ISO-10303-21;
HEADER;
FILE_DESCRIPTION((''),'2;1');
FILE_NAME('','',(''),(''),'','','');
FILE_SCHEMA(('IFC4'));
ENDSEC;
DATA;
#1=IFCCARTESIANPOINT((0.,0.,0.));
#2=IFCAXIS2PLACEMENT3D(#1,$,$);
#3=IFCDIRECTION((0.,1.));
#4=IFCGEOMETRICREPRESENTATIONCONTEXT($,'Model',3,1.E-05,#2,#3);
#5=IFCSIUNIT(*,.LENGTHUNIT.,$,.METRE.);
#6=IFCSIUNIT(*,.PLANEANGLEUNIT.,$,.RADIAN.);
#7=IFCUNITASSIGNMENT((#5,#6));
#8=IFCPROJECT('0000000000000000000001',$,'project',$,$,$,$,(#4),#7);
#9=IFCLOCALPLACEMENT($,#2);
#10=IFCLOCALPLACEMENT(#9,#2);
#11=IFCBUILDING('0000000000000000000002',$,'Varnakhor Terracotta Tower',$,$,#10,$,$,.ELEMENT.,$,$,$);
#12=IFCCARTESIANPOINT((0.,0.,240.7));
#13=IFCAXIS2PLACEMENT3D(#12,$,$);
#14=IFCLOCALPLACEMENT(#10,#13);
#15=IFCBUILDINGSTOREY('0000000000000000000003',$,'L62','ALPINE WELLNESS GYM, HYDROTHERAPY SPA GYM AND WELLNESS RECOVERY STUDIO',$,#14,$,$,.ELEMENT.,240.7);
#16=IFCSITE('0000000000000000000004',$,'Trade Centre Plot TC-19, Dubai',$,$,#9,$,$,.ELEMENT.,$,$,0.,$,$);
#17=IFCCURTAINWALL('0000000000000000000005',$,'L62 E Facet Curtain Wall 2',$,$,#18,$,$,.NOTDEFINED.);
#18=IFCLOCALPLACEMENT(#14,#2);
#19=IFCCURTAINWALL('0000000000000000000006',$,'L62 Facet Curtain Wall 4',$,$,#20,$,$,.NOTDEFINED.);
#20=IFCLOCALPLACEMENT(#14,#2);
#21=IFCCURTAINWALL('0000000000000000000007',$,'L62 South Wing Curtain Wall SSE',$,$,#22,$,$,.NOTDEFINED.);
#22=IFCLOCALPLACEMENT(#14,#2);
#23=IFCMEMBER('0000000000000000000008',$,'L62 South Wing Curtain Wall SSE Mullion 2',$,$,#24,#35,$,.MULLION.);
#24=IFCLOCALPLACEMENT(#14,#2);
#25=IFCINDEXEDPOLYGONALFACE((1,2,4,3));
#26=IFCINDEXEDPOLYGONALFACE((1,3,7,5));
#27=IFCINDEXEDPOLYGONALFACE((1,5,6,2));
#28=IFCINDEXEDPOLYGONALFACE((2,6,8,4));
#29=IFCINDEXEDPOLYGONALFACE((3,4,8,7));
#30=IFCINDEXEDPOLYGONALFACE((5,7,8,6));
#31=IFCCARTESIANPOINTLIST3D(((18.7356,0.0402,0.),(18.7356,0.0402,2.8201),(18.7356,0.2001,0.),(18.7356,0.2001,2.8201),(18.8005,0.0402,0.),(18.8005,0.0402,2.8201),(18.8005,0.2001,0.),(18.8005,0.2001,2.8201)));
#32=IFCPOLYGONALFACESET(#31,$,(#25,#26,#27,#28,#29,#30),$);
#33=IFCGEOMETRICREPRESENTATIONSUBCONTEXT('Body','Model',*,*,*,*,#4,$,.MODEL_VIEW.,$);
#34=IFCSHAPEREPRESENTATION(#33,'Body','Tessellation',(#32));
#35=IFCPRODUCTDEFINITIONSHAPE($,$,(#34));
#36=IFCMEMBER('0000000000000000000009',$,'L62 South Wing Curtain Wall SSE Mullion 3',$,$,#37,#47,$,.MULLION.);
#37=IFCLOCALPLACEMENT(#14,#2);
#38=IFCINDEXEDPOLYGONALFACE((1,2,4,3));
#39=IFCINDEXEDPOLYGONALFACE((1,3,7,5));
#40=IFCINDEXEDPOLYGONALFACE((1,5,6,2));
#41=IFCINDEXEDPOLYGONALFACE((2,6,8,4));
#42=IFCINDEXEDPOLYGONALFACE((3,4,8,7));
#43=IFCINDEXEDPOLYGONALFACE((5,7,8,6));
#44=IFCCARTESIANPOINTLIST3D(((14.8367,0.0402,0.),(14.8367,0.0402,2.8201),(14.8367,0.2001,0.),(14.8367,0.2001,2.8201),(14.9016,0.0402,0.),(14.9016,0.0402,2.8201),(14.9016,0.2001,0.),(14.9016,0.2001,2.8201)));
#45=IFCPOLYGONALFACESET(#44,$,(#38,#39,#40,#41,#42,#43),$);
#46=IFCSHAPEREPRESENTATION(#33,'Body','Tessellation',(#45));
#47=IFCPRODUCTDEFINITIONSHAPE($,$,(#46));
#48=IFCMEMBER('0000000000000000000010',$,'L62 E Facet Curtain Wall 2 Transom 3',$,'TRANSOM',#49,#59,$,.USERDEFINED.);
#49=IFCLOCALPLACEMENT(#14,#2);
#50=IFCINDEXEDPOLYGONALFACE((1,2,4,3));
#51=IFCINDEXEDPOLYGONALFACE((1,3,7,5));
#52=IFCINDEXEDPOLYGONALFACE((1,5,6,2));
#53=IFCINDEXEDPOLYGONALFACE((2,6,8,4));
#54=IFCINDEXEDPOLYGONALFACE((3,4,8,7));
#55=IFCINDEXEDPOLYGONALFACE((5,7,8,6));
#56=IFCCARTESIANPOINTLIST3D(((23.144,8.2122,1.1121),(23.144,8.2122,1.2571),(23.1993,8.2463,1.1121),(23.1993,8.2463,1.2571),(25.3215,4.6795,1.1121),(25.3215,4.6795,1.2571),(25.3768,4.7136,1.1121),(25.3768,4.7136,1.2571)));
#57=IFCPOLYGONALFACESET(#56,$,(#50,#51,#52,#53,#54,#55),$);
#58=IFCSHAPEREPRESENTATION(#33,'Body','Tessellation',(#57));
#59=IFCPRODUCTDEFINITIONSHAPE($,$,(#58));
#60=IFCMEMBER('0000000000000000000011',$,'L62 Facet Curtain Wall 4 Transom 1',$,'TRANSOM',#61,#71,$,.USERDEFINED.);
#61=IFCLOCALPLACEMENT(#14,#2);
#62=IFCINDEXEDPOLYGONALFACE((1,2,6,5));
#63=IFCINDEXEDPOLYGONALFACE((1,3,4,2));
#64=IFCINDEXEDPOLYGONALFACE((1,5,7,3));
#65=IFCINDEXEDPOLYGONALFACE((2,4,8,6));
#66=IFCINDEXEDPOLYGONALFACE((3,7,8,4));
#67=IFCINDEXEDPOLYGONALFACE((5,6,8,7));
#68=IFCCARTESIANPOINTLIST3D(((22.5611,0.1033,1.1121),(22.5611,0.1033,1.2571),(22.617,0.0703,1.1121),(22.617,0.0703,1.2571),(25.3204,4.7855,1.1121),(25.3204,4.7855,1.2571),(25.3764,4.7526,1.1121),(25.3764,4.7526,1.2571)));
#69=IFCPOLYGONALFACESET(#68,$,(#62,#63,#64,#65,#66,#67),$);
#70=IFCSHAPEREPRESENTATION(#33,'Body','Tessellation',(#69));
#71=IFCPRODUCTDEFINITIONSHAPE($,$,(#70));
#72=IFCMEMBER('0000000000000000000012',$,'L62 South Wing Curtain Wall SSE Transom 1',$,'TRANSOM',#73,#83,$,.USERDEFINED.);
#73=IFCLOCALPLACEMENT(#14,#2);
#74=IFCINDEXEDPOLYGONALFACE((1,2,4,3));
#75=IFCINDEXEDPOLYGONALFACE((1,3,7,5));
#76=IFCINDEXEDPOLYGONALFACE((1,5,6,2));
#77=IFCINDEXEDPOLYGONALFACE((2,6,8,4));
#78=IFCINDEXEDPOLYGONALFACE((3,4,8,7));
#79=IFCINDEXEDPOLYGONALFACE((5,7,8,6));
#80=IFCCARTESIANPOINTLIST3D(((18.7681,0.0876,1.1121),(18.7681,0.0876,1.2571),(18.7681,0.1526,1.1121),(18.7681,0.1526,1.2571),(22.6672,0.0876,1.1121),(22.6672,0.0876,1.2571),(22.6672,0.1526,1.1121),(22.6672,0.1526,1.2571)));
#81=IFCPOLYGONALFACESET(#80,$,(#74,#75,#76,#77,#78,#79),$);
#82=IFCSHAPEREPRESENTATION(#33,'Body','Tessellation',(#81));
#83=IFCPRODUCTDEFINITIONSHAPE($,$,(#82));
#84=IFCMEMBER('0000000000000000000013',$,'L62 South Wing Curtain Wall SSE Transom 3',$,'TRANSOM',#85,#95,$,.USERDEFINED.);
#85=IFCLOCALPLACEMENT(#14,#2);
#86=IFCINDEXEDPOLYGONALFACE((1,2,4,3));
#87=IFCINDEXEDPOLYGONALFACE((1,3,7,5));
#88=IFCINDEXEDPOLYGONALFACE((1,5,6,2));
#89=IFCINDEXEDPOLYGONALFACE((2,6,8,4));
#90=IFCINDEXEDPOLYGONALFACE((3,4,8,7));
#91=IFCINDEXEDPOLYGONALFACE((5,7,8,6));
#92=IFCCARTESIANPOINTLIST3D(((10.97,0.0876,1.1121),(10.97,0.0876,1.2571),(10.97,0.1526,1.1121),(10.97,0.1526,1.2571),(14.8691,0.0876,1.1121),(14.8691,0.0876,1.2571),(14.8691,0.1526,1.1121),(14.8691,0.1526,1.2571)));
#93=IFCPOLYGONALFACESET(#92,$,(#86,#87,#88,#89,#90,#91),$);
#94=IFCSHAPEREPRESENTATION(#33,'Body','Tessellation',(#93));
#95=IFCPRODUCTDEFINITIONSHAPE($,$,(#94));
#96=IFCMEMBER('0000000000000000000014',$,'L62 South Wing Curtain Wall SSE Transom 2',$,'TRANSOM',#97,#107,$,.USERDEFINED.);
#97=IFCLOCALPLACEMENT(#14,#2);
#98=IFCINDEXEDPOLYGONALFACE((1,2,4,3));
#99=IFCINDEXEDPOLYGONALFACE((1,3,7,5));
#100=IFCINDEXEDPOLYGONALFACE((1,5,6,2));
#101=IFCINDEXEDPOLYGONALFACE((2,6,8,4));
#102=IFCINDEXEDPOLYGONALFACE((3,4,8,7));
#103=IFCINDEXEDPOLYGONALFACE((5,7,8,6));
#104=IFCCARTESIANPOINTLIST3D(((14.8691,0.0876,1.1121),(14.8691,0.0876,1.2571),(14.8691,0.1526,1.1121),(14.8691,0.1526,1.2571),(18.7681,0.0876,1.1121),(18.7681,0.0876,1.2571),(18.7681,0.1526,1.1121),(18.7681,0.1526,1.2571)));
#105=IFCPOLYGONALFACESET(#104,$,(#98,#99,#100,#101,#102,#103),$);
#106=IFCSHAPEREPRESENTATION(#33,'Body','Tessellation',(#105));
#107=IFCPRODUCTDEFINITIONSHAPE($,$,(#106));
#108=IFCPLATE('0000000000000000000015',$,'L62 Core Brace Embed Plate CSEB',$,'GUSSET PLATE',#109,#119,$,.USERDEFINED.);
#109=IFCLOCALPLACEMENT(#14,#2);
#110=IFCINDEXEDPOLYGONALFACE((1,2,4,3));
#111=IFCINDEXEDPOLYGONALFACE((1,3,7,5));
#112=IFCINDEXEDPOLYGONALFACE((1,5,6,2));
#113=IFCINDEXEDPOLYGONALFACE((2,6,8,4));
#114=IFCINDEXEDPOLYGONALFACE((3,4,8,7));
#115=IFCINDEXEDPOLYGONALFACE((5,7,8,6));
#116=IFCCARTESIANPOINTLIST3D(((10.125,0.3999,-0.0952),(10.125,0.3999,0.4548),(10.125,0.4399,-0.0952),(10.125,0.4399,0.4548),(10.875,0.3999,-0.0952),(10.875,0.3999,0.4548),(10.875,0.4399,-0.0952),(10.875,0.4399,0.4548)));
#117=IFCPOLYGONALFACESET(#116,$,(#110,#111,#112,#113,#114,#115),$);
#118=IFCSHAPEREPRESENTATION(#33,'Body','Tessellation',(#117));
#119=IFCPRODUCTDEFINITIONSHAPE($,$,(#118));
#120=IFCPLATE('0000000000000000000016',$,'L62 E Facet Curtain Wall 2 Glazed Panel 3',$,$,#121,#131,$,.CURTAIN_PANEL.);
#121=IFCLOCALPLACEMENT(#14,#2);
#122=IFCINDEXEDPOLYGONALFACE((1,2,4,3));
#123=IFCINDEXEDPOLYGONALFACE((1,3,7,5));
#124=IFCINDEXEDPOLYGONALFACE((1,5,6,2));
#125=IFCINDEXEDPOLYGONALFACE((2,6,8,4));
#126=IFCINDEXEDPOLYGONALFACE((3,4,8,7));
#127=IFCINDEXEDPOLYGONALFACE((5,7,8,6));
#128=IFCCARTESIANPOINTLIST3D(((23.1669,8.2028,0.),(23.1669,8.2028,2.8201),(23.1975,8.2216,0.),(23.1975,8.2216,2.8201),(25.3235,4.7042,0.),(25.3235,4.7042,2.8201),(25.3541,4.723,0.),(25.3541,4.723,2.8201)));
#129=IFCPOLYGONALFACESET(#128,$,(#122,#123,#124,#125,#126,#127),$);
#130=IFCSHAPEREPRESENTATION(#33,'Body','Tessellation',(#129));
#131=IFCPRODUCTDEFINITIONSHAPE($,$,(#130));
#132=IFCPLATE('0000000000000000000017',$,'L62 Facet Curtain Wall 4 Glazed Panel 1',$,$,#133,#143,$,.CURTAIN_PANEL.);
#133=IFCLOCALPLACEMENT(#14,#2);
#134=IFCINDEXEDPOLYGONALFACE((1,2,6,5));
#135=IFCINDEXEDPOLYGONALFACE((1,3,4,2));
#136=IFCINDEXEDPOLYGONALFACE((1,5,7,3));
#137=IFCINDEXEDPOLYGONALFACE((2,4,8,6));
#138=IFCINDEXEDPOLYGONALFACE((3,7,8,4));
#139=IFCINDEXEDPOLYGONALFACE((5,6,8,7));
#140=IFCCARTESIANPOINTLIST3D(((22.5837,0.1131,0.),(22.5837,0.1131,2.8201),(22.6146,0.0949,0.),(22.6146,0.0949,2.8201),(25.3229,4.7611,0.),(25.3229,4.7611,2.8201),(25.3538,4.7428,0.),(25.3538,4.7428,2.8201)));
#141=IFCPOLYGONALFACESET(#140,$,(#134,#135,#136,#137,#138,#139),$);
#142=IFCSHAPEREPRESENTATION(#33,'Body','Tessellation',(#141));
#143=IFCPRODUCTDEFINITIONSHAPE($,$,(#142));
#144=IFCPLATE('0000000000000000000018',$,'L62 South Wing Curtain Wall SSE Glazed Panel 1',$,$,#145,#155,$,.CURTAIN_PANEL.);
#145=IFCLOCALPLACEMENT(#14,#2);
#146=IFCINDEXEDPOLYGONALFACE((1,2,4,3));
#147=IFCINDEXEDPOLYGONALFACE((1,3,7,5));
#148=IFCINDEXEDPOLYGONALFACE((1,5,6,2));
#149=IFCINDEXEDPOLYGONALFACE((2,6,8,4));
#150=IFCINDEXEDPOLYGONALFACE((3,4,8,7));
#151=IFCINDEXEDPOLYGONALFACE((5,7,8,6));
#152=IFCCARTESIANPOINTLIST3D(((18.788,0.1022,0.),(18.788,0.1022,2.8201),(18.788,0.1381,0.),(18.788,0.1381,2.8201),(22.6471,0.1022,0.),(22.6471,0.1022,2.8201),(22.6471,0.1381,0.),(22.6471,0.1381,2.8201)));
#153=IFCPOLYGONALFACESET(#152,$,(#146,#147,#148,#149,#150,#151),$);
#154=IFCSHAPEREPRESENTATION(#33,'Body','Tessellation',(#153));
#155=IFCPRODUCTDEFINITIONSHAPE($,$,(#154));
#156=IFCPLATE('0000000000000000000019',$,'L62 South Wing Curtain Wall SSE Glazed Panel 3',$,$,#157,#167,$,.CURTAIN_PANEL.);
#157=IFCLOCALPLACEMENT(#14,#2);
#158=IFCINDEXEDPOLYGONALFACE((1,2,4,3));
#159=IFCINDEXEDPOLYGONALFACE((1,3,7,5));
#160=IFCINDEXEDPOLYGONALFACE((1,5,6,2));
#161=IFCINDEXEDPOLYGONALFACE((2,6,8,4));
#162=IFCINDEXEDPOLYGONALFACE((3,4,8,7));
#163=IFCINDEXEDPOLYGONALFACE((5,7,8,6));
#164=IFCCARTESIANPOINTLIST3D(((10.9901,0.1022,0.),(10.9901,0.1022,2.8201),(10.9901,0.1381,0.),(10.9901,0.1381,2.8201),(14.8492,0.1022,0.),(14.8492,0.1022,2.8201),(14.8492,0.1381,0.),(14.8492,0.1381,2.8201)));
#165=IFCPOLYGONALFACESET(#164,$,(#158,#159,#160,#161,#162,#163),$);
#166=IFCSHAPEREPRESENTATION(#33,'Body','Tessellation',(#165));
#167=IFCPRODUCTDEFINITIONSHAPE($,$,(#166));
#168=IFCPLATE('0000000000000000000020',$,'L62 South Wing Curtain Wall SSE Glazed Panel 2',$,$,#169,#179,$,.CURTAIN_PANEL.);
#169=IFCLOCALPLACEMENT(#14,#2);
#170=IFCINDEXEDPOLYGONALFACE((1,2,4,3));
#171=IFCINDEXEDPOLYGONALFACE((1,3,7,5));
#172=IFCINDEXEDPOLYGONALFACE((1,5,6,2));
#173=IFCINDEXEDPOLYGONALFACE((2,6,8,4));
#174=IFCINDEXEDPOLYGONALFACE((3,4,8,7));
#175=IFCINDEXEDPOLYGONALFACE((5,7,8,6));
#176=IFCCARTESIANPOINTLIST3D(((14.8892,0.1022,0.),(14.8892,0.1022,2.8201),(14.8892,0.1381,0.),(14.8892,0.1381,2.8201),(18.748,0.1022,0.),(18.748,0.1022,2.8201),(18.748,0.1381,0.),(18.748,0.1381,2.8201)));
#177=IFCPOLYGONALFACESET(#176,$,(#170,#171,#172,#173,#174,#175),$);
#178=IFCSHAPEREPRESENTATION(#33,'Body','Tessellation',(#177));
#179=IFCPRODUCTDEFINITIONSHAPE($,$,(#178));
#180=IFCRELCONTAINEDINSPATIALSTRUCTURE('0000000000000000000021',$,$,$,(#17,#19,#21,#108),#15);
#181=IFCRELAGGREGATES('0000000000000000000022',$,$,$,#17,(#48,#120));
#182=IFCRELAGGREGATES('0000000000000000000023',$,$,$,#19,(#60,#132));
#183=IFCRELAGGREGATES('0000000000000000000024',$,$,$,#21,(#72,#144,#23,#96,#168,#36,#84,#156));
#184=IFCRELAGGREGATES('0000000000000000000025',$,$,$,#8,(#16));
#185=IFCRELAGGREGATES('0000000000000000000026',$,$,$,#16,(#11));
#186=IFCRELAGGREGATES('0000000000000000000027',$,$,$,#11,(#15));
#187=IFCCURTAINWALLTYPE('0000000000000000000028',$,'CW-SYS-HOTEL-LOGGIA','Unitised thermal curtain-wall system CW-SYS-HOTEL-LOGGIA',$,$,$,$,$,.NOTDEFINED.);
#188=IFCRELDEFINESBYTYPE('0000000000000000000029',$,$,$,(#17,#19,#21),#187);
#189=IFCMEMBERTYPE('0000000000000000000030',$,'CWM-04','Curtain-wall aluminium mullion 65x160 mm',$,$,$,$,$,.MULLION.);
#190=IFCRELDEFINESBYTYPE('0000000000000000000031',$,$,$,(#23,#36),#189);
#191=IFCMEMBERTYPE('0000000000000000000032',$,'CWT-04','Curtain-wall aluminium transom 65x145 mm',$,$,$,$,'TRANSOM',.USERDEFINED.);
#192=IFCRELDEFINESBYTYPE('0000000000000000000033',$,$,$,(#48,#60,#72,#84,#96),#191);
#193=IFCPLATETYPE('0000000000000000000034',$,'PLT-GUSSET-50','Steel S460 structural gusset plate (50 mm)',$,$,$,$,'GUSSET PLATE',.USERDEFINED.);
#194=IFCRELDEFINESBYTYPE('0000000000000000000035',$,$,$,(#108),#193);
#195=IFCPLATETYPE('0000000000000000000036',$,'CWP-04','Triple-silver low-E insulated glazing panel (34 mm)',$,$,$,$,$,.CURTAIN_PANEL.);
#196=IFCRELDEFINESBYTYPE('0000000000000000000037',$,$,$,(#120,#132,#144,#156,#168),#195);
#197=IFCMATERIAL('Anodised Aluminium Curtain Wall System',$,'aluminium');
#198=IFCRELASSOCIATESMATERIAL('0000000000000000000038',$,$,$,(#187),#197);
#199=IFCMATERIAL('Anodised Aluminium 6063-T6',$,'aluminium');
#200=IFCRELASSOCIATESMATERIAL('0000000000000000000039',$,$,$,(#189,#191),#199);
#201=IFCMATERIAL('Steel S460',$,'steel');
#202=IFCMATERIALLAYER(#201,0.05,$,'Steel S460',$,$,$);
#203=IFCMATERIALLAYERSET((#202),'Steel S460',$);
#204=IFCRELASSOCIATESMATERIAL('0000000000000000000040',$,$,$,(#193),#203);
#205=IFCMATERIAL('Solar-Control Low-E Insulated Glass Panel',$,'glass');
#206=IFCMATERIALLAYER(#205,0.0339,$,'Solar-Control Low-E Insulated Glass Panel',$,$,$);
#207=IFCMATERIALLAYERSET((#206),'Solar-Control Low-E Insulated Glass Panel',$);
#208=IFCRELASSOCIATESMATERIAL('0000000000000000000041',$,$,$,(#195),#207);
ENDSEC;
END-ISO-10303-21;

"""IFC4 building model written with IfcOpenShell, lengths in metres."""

from ifc_helpers import new_model, si_unit, direction, frame, origin, origin_2d, place, context, subcontext, project, spatial, rectangle, extrude, source, transform, mapped, material, layer, layer_set, material_profile, profile_set, type_object, type_shapes, element, aggregate, save


model = new_model("IFC4")

# Units and contexts
model_context = context("Model", 3, precision=1e-05, world=origin(), true_north=direction((0.0, 1.0)))
body_context = subcontext(model_context, "Body", "Model", "MODEL_VIEW")
ifc_project = project(units=[si_unit("LENGTHUNIT", "METRE"), si_unit("PLANEANGLEUNIT", "RADIAN")], contexts=[model_context])

# Site, building, storey
site_placement = place(None, origin())
site = spatial("IfcSite", under=ifc_project, at=site_placement, Name="Trade Centre Plot TC-19, Dubai", CompositionType="ELEMENT", RefElevation=0.0)
building_placement = place(site_placement, origin())
building = spatial("IfcBuilding", under=site, at=building_placement, Name="Varnakhor Terracotta Tower", CompositionType="ELEMENT")
storey_placement = place(building_placement, frame((0.0, 0.0, 240.7)))
storey = spatial("IfcBuildingStorey", under=building, at=storey_placement, Name="L62", Description="ALPINE WELLNESS GYM, HYDROTHERAPY SPA GYM AND WELLNESS RECOVERY STUDIO", CompositionType="ELEMENT", Elevation=240.7)

# Shared definitions
ifc_material_1 = material(Name="Steel S460", Category="steel")

# Curtain walls
ifc_material_2 = material(Name="Anodised Aluminium Curtain Wall System", Category="aluminium")
curtain_wall_type = type_object("IfcCurtainWallType", Name="CW-SYS-HOTEL-LOGGIA", Description="Unitised thermal curtain-wall system CW-SYS-HOTEL-LOGGIA", PredefinedType="NOTDEFINED", material=ifc_material_2)
curtain_wall_1_placement = place(storey_placement, origin())
curtain_wall_1 = element("IfcCurtainWall", 1, at=curtain_wall_1_placement, inside=storey, type_object=curtain_wall_type, Name="L62 E Facet Curtain Wall 2", PredefinedType="NOTDEFINED")
ifc_material_3 = material(Name="Anodised Aluminium 6063-T6", Category="aluminium")
ifc_material_profile_1 = material_profile(ifc_material_3, rectangle(XDim=0.0649, YDim=0.1599, at=origin_2d()), Name="ALU MULLION 65x160")
ifc_profile_set_1 = profile_set([ifc_material_profile_1], Name="Anodised Aluminium 6063-T6")
member_type_1 = type_object("IfcMemberType", Name="CWM-04", Description="Curtain-wall aluminium mullion 65x160 mm", PredefinedType="MULLION", material=ifc_profile_set_1)
shared_shape_1 = source(origin(), body_context, "Body", "SweptSolid", [
    extrude(rectangle(XDim=0.0649, YDim=0.1599, at=origin_2d()), origin(), (0.0, 0.0, 1.0), 2.8201),
])
type_shapes(member_type_1, [shared_shape_1])
curtain_wall_2_placement = place(storey_placement, origin())
curtain_wall_2 = element("IfcCurtainWall", 2, at=curtain_wall_2_placement, inside=storey, type_object=curtain_wall_type, Name="L62 Facet Curtain Wall 4", PredefinedType="NOTDEFINED")

# Curtain wall, members
curtain_wall_3_placement = place(storey_placement, origin())
curtain_wall_3 = element("IfcCurtainWall", 3, at=curtain_wall_3_placement, inside=storey, type_object=curtain_wall_type, Name="L62 South Wing Curtain Wall SSE", PredefinedType="NOTDEFINED")
member_1_placement = place(storey_placement, frame((18.7681, 0.1201, 0.0), z_axis=(0.0, 0.0, 1.0), x_axis=(1.0, 0.0, 0.0)))
member_1 = element("IfcMember", 4, at=member_1_placement, type_object=member_type_1, Name="L62 South Wing Curtain Wall SSE Mullion 2", PredefinedType="MULLION", context=body_context, shape_type="MappedRepresentation", body=[
    mapped(shared_shape_1, transform((0.0, 0.0, 0.0), scale=1.0)),
])
member_2_placement = place(storey_placement, frame((14.8691, 0.1201, 0.0), z_axis=(0.0, 0.0, 1.0), x_axis=(1.0, 0.0, 0.0)))
member_2 = element("IfcMember", 5, at=member_2_placement, type_object=member_type_1, Name="L62 South Wing Curtain Wall SSE Mullion 3", PredefinedType="MULLION", context=body_context, shape_type="MappedRepresentation", body=[
    mapped(shared_shape_1, transform((0.0, 0.0, 0.0), scale=1.0)),
])

# Members
ifc_material_profile_2 = material_profile(ifc_material_3, rectangle(XDim=0.0649, YDim=0.145, at=origin_2d()), Name="ALU TRANSOM 65x145")
ifc_profile_set_2 = profile_set([ifc_material_profile_2], Name="Anodised Aluminium 6063-T6")
member_type_2 = type_object("IfcMemberType", Name="CWT-04", Description="Curtain-wall aluminium transom 65x145 mm", ElementType="TRANSOM", PredefinedType="USERDEFINED", material=ifc_profile_set_2)
shared_shape_2 = source(origin(), body_context, "Body", "SweptSolid", [
    extrude(rectangle(XDim=0.0649, YDim=0.145, at=origin_2d()), origin(), (0.0, 0.0, 1.0), 4.1499),
])
member_3_placement = place(storey_placement, frame((23.1716, 8.2292, 1.1846), z_axis=(0.524711, -0.85128, 0.0), x_axis=(0.85128, 0.524711, 0.0)))
member_3 = element("IfcMember", 6, at=member_3_placement, type_object=member_type_2, Name="L62 E Facet Curtain Wall 2 Transom 3", ObjectType="TRANSOM", PredefinedType="USERDEFINED", context=body_context, shape_type="MappedRepresentation", body=[
    mapped(shared_shape_2, transform((0.0, 0.0, 0.0), scale=1.0)),
])
shared_shape_3 = source(origin(), body_context, "Body", "SweptSolid", [
    extrude(rectangle(XDim=0.0649, YDim=0.145, at=origin_2d()), origin(), (0.0, 0.0, 1.0), 5.4348),
])
member_4_placement = place(storey_placement, frame((25.3484, 4.769, 1.1846), z_axis=(-0.507715, -0.861525, 0.0), x_axis=(0.861525, -0.507715, 0.0)))
member_4 = element("IfcMember", 7, at=member_4_placement, type_object=member_type_2, Name="L62 Facet Curtain Wall 4 Transom 1", ObjectType="TRANSOM", PredefinedType="USERDEFINED", context=body_context, shape_type="MappedRepresentation", body=[
    mapped(shared_shape_3, transform((0.0, 0.0, 0.0), scale=1.0)),
])
shared_shape_4 = source(origin(), body_context, "Body", "SweptSolid", [
    extrude(rectangle(XDim=0.0649, YDim=0.145, at=origin_2d()), origin(), (0.0, 0.0, 1.0), 3.8992),
])
member_5_placement = place(storey_placement, frame((22.6672, 0.1201, 1.1846), z_axis=(-1.0, 0.0, 0.0), x_axis=(0.0, -1.0, 0.0)))
member_5 = element("IfcMember", 8, at=member_5_placement, type_object=member_type_2, Name="L62 South Wing Curtain Wall SSE Transom 1", ObjectType="TRANSOM", PredefinedType="USERDEFINED", context=body_context, shape_type="MappedRepresentation", body=[
    mapped(shared_shape_4, transform((0.0, 0.0, 0.0), scale=1.0)),
])
member_6_placement = place(storey_placement, frame((14.8691, 0.1201, 1.1846), z_axis=(-1.0, 0.0, 0.0), x_axis=(0.0, -1.0, 0.0)))
member_6 = element("IfcMember", 9, at=member_6_placement, type_object=member_type_2, Name="L62 South Wing Curtain Wall SSE Transom 3", ObjectType="TRANSOM", PredefinedType="USERDEFINED", context=body_context, shape_type="MappedRepresentation", body=[
    mapped(shared_shape_4, transform((0.0, 0.0, 0.0), scale=1.0)),
])
shared_shape_5 = source(origin(), body_context, "Body", "SweptSolid", [
    extrude(rectangle(XDim=0.0649, YDim=0.145, at=origin_2d()), origin(), (0.0, 0.0, 1.0), 3.8989),
])
member_7_placement = place(storey_placement, frame((18.7681, 0.1201, 1.1846), z_axis=(-1.0, 0.0, 0.0), x_axis=(0.0, -1.0, 0.0)))
member_7 = element("IfcMember", 10, at=member_7_placement, type_object=member_type_2, Name="L62 South Wing Curtain Wall SSE Transom 2", ObjectType="TRANSOM", PredefinedType="USERDEFINED", context=body_context, shape_type="MappedRepresentation", body=[
    mapped(shared_shape_5, transform((0.0, 0.0, 0.0), scale=1.0)),
])

# Plates
ifc_layer_1 = layer(ifc_material_1, 0.05, Name="Steel S460")
ifc_layer_set_1 = layer_set([ifc_layer_1], Name="Steel S460")
plate_type_1 = type_object("IfcPlateType", Name="PLT-GUSSET-50", Description="Steel S460 structural gusset plate (50 mm)", ElementType="GUSSET PLATE", PredefinedType="USERDEFINED", material=ifc_layer_set_1)
shared_shape_6 = source(origin(), body_context, "Body", "SweptSolid", [
    extrude(rectangle(XDim=0.75, YDim=0.04, at=origin_2d()), origin(), (0.0, 0.0, 1.0), 0.55),
])
type_shapes(plate_type_1, [shared_shape_6])
plate_1_placement = place(storey_placement, frame((10.5, 0.4199, -0.0952), z_axis=(0.0, 0.0, 1.0), x_axis=(1.0, 0.0, 0.0)))
element("IfcPlate", 11, at=plate_1_placement, inside=storey, type_object=plate_type_1, Name="L62 Core Brace Embed Plate CSEB", ObjectType="GUSSET PLATE", PredefinedType="USERDEFINED", context=body_context, shape_type="MappedRepresentation", body=[
    mapped(shared_shape_6, transform((0.0, 0.0, 0.0), scale=1.0)),
])
ifc_material_4 = material(Name="Solar-Control Low-E Insulated Glass Panel", Category="glass")
ifc_layer_2 = layer(ifc_material_4, 0.0339, Name="Solar-Control Low-E Insulated Glass Panel")
ifc_layer_set_2 = layer_set([ifc_layer_2], Name="Solar-Control Low-E Insulated Glass Panel")
plate_type_2 = type_object("IfcPlateType", Name="CWP-04", Description="Triple-silver low-E insulated glazing panel (34 mm)", PredefinedType="CURTAIN_PANEL", material=ifc_layer_set_2)
shared_shape_7 = source(origin(), body_context, "Body", "SweptSolid", [
    extrude(rectangle(XDim=4.1099, YDim=0.0359, at=origin_2d()), origin(), (0.0, 0.0, 1.0), 2.8201),
])
plate_2_placement = place(storey_placement, frame((24.2605, 6.4629, 0.0), z_axis=(0.0, 0.0, 1.0), x_axis=(0.524729, -0.851269, 0.0)))
plate_2 = element("IfcPlate", 12, at=plate_2_placement, type_object=plate_type_2, Name="L62 E Facet Curtain Wall 2 Glazed Panel 3", PredefinedType="CURTAIN_PANEL", context=body_context, shape_type="MappedRepresentation", body=[
    mapped(shared_shape_7, transform((0.0, 0.0, 0.0), scale=1.0)),
])
aggregate(curtain_wall_1, [member_3, plate_2])
shared_shape_8 = source(origin(), body_context, "Body", "SweptSolid", [
    extrude(rectangle(XDim=5.395, YDim=0.0359, at=origin_2d()), origin(), (0.0, 0.0, 1.0), 2.8201),
])
plate_3_placement = place(storey_placement, frame((23.9688, 2.428, 0.0), z_axis=(0.0, 0.0, 1.0), x_axis=(-0.507719, -0.861523, 0.0)))
plate_3 = element("IfcPlate", 13, at=plate_3_placement, type_object=plate_type_2, Name="L62 Facet Curtain Wall 4 Glazed Panel 1", PredefinedType="CURTAIN_PANEL", context=body_context, shape_type="MappedRepresentation", body=[
    mapped(shared_shape_8, transform((0.0, 0.0, 0.0), scale=1.0)),
])
aggregate(curtain_wall_2, [member_4, plate_3])
shared_shape_9 = source(origin(), body_context, "Body", "SweptSolid", [
    extrude(rectangle(XDim=3.8591, YDim=0.0359, at=origin_2d()), origin(), (0.0, 0.0, 1.0), 2.8201),
])
plate_4_placement = place(storey_placement, frame((20.7175, 0.1201, 0.0), z_axis=(0.0, 0.0, 1.0), x_axis=(-1.0, 0.0, 0.0)))
plate_4 = element("IfcPlate", 14, at=plate_4_placement, type_object=plate_type_2, Name="L62 South Wing Curtain Wall SSE Glazed Panel 1", PredefinedType="CURTAIN_PANEL", context=body_context, shape_type="MappedRepresentation", body=[
    mapped(shared_shape_9, transform((0.0, 0.0, 0.0), scale=1.0)),
])
plate_5_placement = place(storey_placement, frame((12.9197, 0.1201, 0.0), z_axis=(0.0, 0.0, 1.0), x_axis=(-1.0, 0.0, 0.0)))
plate_5 = element("IfcPlate", 15, at=plate_5_placement, type_object=plate_type_2, Name="L62 South Wing Curtain Wall SSE Glazed Panel 3", PredefinedType="CURTAIN_PANEL", context=body_context, shape_type="MappedRepresentation", body=[
    mapped(shared_shape_9, transform((0.0, 0.0, 0.0), scale=1.0)),
])
shared_shape_10 = source(origin(), body_context, "Body", "SweptSolid", [
    extrude(rectangle(XDim=3.8589, YDim=0.0359, at=origin_2d()), origin(), (0.0, 0.0, 1.0), 2.8201),
])
plate_6_placement = place(storey_placement, frame((16.8186, 0.1201, 0.0), z_axis=(0.0, 0.0, 1.0), x_axis=(-1.0, 0.0, 0.0)))
plate_6 = element("IfcPlate", 16, at=plate_6_placement, type_object=plate_type_2, Name="L62 South Wing Curtain Wall SSE Glazed Panel 2", PredefinedType="CURTAIN_PANEL", context=body_context, shape_type="MappedRepresentation", body=[
    mapped(shared_shape_10, transform((0.0, 0.0, 0.0), scale=1.0)),
])
aggregate(curtain_wall_3, [member_5, plate_4, member_1, member_7, plate_6, member_2, member_6, plate_5])

save(model, "model.ifc")
